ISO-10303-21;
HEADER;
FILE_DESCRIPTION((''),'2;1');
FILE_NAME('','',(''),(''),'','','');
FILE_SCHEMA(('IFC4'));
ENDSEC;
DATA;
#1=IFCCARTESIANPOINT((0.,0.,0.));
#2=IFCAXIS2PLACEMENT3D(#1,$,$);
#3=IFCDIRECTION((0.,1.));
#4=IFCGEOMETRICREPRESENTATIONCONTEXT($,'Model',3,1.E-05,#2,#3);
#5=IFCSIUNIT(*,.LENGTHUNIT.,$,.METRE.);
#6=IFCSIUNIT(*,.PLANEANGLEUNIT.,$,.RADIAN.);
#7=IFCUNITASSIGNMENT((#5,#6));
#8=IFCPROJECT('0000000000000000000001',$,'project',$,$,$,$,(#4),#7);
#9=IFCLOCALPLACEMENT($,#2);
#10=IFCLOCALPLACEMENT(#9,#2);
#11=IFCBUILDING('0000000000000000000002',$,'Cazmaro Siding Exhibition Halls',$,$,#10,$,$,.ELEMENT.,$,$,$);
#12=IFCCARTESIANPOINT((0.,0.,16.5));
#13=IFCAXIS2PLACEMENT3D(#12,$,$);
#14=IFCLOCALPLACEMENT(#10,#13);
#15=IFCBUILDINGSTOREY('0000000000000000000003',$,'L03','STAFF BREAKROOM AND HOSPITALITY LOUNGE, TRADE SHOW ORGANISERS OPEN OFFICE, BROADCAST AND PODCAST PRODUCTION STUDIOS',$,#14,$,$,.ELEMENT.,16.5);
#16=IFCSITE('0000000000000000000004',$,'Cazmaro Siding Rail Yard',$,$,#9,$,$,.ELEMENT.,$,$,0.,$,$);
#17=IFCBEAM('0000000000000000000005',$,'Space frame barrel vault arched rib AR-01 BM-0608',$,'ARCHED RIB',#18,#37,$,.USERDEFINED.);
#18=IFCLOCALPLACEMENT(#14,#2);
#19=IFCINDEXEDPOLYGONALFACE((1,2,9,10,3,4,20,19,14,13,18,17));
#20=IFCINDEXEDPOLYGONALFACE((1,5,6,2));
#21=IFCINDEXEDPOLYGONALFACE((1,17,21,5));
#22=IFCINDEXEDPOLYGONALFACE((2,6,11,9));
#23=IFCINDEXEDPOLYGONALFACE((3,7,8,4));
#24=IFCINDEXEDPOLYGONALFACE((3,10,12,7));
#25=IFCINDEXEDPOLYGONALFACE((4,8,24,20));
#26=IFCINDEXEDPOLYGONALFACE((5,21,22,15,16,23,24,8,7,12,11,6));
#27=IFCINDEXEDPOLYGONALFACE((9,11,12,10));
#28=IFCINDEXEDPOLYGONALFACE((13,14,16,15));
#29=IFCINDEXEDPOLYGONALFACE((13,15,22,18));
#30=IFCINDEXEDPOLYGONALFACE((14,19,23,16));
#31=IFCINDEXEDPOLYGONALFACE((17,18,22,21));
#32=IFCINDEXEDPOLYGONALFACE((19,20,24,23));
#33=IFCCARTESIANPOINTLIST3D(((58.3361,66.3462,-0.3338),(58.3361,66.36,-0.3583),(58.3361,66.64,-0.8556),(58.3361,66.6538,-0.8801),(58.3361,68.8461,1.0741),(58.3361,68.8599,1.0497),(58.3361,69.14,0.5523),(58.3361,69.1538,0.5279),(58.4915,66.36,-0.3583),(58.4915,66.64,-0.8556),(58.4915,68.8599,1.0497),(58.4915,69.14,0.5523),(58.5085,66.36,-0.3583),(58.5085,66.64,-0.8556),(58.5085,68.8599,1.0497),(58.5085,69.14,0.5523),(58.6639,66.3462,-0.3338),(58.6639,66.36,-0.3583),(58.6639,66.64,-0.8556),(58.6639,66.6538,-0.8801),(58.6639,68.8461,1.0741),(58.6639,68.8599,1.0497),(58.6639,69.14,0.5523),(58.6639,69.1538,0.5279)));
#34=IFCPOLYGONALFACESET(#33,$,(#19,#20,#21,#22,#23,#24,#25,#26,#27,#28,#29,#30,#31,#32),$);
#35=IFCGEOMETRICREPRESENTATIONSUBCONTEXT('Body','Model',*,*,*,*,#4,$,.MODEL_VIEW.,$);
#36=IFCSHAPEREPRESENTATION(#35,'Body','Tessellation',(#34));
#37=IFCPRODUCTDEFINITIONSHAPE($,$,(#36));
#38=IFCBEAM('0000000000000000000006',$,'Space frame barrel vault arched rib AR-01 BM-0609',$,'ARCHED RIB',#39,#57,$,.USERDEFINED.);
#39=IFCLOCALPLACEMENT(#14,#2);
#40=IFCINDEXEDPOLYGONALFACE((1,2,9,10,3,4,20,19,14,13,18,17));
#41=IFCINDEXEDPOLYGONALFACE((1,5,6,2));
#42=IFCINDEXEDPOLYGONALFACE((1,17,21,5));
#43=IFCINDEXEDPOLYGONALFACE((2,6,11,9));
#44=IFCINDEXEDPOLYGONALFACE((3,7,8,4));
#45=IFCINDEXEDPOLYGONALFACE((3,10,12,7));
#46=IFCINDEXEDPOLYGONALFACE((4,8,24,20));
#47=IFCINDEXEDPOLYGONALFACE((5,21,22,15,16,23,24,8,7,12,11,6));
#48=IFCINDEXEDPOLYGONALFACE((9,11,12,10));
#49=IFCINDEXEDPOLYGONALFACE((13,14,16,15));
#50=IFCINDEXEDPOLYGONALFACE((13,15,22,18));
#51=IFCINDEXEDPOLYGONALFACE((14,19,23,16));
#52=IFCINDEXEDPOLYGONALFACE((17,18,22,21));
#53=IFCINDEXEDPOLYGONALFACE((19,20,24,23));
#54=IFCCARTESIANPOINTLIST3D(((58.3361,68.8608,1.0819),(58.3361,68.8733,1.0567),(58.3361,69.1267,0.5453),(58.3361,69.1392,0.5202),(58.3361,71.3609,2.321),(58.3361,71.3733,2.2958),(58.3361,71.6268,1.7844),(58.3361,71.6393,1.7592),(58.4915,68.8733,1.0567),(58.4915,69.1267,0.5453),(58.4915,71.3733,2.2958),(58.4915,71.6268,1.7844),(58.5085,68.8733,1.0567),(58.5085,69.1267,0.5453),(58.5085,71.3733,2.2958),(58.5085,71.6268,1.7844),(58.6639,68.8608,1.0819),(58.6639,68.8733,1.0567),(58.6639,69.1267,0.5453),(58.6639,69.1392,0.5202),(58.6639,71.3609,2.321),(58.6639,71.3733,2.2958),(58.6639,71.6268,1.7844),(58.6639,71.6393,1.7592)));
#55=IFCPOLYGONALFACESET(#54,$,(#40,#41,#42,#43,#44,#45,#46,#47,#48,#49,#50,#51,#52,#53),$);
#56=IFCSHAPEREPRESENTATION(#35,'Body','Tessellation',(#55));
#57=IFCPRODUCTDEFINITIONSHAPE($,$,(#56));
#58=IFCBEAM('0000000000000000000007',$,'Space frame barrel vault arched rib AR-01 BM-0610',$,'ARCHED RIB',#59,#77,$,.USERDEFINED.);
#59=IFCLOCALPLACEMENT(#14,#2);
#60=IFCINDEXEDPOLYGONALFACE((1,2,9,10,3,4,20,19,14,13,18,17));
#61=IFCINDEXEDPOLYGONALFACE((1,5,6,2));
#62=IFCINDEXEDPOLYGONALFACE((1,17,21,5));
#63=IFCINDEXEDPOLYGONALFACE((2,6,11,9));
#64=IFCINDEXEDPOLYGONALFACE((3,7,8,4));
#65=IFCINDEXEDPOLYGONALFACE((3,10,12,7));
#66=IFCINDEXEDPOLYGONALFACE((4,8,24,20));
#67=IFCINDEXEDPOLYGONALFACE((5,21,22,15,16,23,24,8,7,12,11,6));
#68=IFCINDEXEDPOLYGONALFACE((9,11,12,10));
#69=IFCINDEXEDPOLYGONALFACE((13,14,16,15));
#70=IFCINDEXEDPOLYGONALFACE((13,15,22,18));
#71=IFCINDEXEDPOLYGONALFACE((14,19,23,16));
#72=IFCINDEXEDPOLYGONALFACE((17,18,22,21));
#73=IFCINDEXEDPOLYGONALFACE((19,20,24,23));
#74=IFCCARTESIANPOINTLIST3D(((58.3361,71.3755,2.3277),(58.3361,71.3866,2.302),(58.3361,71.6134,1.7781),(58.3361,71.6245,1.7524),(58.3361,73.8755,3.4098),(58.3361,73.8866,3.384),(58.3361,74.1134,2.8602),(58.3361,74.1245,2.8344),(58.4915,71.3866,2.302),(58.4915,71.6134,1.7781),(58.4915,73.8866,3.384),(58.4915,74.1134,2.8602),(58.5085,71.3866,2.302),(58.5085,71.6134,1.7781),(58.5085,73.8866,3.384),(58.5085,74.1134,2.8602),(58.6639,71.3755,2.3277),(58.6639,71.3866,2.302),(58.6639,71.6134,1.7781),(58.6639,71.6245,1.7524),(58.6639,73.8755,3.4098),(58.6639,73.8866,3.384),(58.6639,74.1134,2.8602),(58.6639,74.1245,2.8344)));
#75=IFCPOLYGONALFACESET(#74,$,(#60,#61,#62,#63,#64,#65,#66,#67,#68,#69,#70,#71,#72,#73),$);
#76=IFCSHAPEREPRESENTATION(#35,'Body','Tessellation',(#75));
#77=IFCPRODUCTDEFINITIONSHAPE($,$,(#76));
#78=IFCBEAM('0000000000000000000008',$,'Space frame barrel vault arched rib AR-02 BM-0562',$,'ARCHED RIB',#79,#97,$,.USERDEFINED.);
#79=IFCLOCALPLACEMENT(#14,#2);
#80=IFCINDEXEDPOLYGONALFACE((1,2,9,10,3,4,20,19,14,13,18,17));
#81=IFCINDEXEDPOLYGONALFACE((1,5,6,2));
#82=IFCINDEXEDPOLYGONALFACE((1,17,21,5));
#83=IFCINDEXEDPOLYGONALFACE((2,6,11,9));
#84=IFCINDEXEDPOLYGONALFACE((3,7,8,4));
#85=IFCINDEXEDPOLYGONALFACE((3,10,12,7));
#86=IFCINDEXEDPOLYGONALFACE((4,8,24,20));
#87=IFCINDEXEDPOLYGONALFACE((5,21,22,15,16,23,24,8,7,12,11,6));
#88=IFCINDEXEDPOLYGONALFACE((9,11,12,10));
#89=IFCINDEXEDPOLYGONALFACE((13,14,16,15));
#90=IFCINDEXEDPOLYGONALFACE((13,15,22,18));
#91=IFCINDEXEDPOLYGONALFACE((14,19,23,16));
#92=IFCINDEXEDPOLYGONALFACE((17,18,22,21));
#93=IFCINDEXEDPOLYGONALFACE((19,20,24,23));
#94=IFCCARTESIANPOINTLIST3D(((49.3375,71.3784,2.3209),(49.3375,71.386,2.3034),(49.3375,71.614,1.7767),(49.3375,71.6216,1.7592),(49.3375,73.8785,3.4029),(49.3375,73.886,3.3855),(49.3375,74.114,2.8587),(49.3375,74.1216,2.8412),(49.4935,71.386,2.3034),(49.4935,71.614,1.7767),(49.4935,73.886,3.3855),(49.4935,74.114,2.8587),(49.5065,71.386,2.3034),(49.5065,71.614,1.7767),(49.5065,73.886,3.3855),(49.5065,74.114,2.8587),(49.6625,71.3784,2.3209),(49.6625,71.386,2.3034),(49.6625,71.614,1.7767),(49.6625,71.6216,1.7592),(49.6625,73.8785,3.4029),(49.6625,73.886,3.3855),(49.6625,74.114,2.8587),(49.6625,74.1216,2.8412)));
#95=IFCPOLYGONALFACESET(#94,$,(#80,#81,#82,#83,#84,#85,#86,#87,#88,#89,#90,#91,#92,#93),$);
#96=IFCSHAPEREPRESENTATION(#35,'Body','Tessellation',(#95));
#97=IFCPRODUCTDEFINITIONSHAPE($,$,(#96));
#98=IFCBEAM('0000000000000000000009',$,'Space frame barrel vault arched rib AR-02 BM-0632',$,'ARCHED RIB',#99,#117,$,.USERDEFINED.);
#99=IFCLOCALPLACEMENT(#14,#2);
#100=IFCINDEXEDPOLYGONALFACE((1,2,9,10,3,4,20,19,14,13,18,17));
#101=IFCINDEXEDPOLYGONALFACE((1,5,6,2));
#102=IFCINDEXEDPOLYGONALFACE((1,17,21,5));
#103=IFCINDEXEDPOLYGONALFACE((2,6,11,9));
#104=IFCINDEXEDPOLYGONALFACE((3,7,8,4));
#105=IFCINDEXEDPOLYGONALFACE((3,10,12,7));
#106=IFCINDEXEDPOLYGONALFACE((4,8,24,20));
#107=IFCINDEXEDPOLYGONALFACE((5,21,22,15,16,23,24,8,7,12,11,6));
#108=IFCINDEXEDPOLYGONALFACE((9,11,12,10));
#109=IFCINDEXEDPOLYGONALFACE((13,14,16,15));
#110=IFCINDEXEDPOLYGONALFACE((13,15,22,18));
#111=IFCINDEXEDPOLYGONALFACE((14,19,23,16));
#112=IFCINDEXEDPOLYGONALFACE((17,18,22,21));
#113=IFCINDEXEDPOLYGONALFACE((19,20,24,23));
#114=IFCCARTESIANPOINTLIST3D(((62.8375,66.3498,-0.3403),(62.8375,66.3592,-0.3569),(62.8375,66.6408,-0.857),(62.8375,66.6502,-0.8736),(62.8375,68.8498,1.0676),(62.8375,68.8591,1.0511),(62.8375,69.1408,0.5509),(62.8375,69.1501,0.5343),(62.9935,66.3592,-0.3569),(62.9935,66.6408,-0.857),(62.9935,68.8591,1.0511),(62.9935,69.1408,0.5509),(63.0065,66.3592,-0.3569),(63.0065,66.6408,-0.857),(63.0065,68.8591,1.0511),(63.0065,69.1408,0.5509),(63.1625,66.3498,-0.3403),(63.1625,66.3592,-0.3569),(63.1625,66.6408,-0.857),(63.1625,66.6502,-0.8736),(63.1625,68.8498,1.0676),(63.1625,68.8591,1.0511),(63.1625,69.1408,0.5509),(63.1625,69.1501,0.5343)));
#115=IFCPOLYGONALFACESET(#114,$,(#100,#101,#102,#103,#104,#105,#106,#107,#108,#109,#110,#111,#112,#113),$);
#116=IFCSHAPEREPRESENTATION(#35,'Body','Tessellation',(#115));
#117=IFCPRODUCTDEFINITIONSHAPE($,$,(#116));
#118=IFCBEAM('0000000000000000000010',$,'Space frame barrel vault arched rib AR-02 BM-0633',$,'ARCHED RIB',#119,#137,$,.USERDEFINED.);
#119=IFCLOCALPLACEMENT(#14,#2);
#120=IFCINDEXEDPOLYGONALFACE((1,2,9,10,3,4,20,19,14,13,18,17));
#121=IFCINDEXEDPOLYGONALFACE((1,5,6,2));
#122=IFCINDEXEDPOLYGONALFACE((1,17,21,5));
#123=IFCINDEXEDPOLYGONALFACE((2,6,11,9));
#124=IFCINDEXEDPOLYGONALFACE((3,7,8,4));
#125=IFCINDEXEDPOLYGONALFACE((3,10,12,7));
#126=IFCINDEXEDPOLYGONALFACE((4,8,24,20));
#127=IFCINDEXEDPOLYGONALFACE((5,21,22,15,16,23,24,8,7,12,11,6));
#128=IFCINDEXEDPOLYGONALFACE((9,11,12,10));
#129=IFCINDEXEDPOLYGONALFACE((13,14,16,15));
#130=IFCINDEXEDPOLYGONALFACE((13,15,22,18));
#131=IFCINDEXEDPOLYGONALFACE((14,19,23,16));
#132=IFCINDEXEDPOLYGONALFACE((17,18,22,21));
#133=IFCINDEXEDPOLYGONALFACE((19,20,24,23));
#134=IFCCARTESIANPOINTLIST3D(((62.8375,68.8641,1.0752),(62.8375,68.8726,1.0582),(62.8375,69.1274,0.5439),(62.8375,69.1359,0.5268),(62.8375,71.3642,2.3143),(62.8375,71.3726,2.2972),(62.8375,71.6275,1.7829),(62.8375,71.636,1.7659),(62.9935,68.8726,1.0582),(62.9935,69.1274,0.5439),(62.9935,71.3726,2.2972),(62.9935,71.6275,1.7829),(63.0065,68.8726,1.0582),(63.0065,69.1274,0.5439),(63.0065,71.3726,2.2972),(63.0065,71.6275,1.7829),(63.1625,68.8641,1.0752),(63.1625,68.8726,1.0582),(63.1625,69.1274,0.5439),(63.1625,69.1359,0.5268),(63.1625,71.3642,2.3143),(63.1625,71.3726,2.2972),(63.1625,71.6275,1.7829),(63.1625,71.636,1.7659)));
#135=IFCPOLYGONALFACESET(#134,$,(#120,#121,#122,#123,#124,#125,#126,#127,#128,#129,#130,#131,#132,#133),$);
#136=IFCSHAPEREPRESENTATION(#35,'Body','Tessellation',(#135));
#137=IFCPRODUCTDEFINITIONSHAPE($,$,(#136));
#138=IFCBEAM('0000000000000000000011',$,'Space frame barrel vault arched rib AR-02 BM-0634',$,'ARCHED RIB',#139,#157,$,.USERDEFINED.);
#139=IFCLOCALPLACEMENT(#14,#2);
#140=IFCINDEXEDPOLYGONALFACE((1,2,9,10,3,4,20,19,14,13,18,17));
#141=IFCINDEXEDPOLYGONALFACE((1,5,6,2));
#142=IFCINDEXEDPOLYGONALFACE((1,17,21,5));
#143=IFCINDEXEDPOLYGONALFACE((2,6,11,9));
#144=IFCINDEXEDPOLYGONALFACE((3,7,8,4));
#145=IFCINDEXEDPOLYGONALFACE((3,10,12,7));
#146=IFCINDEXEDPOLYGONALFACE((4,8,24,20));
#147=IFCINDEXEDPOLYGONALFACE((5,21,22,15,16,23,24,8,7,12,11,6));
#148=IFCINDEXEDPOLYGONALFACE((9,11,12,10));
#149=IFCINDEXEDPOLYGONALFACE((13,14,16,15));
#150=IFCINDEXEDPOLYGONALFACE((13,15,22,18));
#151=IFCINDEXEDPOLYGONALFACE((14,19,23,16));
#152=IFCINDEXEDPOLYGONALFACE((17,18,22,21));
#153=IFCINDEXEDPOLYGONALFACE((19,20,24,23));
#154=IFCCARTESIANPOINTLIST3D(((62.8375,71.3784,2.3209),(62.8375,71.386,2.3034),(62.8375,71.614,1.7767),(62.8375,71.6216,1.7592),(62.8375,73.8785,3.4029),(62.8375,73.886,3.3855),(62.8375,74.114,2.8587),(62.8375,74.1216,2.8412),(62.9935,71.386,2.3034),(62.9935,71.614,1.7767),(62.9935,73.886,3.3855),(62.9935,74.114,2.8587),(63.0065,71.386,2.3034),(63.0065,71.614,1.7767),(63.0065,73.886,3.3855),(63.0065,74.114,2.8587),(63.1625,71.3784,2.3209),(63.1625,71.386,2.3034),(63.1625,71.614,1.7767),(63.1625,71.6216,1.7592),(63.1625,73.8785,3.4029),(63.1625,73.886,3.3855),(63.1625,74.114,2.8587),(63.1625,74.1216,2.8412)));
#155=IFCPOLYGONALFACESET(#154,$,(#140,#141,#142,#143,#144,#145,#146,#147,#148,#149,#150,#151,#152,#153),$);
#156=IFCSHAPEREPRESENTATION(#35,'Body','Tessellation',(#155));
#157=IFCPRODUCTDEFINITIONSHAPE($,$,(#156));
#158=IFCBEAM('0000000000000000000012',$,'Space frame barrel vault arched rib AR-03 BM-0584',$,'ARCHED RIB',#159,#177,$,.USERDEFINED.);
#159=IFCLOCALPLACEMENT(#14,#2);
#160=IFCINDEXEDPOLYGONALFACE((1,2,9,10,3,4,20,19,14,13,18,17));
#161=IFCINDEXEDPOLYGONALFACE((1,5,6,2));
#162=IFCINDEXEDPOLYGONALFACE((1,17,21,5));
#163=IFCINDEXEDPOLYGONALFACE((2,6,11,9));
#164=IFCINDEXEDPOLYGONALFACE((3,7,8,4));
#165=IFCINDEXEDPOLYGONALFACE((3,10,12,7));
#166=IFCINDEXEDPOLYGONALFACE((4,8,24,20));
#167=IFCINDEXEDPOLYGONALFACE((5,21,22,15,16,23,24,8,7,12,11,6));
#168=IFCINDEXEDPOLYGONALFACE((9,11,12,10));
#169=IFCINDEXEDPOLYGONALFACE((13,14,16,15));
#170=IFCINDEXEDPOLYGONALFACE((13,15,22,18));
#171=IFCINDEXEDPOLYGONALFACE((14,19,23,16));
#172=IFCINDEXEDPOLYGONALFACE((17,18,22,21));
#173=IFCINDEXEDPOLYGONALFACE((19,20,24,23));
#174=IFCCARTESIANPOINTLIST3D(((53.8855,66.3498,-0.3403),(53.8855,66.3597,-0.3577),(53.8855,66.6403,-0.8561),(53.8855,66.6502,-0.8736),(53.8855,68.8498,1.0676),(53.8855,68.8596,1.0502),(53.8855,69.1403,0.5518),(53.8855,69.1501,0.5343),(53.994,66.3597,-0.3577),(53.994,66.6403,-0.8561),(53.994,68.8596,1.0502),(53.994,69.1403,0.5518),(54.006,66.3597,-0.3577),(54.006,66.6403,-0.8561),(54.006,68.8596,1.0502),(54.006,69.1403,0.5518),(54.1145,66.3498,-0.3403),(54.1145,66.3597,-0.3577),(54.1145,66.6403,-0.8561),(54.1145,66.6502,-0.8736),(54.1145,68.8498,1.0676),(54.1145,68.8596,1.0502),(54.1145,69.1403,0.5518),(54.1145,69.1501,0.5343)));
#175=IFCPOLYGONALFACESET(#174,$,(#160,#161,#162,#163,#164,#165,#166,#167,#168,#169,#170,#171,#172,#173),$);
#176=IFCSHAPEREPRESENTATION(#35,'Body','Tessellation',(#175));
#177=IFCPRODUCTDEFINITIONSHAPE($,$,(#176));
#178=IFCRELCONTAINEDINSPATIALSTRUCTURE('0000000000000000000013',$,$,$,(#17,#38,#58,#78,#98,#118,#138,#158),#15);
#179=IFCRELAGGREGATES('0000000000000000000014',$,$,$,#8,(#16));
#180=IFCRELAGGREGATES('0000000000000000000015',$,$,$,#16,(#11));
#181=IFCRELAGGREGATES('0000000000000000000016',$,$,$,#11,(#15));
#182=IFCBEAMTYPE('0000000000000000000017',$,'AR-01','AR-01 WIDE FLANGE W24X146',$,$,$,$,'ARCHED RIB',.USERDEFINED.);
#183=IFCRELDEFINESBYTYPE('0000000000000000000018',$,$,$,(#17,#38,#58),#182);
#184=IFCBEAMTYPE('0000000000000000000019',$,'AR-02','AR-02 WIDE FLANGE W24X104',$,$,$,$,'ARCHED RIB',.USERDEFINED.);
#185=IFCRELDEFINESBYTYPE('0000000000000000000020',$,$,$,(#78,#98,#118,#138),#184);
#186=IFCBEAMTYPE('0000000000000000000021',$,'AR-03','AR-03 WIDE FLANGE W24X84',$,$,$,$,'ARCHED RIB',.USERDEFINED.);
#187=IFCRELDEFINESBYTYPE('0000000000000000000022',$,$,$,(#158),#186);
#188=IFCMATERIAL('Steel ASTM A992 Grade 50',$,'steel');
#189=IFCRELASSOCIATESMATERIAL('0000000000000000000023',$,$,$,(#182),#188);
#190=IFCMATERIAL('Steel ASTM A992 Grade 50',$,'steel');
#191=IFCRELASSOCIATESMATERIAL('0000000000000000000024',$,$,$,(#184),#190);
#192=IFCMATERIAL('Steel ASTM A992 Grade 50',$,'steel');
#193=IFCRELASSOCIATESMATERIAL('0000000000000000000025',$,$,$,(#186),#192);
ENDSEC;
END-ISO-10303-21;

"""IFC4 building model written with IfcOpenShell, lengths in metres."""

from ifc_helpers import new_model, si_unit, direction, frame, origin, origin_2d, place, context, subcontext, project, spatial, i_section, extrude, material, material_profile, profile_set, type_object, element, save


model = new_model("IFC4")

# Units and contexts
model_context = context("Model", 3, precision=1e-05, world=origin(), true_north=direction((0.0, 1.0)))
body_context = subcontext(model_context, "Body", "Model", "MODEL_VIEW")
ifc_project = project(units=[si_unit("LENGTHUNIT", "METRE"), si_unit("PLANEANGLEUNIT", "RADIAN")], contexts=[model_context])

# Site, building, storey
site_placement = place(None, origin())
site = spatial("IfcSite", under=ifc_project, at=site_placement, Name="Cazmaro Siding Rail Yard", CompositionType="ELEMENT", RefElevation=0.0)
building_placement = place(site_placement, origin())
building = spatial("IfcBuilding", under=site, at=building_placement, Name="Cazmaro Siding Exhibition Halls", CompositionType="ELEMENT")
storey_placement = place(building_placement, frame((0.0, 0.0, 16.5)))
storey = spatial("IfcBuildingStorey", under=building, at=storey_placement, Name="L03", Description="STAFF BREAKROOM AND HOSPITALITY LOUNGE, TRADE SHOW ORGANISERS OPEN OFFICE, BROADCAST AND PODCAST PRODUCTION STUDIOS", CompositionType="ELEMENT", Elevation=16.5)

# Beams
ifc_material_1 = material(Name="Steel ASTM A992 Grade 50", Category="steel")
ifc_material_profile_1 = material_profile(ifc_material_1, i_section(OverallWidth=0.3279, OverallDepth=0.627, WebThickness=0.0171, FlangeThickness=0.0281, at=origin_2d()), Name="W24X146")
ifc_profile_set_1 = profile_set([ifc_material_profile_1], Name="Steel ASTM A992 Grade 50")
beam_type_1 = type_object("IfcBeamType", Name="AR-01", Description="AR-01 WIDE FLANGE W24X146", ElementType="ARCHED RIB", PredefinedType="USERDEFINED", material=ifc_profile_set_1)
beam_1_placement = place(storey_placement, frame((58.5, 66.5, -0.6069), z_axis=(0.0, 0.871321, 0.490714), x_axis=(-1.0, 0.0, 0.0)))
element("IfcBeam", 1, at=beam_1_placement, inside=storey, type_object=beam_type_1, Name="Space frame barrel vault arched rib AR-01 BM-0608", ObjectType="ARCHED RIB", PredefinedType="USERDEFINED", context=body_context, shape_type="SweptSolid", body=[
    extrude(i_section(OverallWidth=0.3279, OverallDepth=0.627, WebThickness=0.0171, FlangeThickness=0.0281, at=origin_2d()), origin(), (0.0, 0.0, 1.0), 2.8691),
])
beam_2_placement = place(storey_placement, frame((58.5, 69.0, 0.801), z_axis=(0.0, 0.895997, 0.444061), x_axis=(-1.0, 0.0, 0.0)))
element("IfcBeam", 2, at=beam_2_placement, inside=storey, type_object=beam_type_1, Name="Space frame barrel vault arched rib AR-01 BM-0609", ObjectType="ARCHED RIB", PredefinedType="USERDEFINED", context=body_context, shape_type="SweptSolid", body=[
    extrude(i_section(OverallWidth=0.3279, OverallDepth=0.627, WebThickness=0.0171, FlangeThickness=0.0281, at=origin_2d()), origin(), (0.0, 0.0, 1.0), 2.7903),
])
beam_3_placement = place(storey_placement, frame((58.5, 71.5, 2.04), z_axis=(0.0, 0.91773, 0.397205), x_axis=(-1.0, 0.0, 0.0)))
element("IfcBeam", 3, at=beam_3_placement, inside=storey, type_object=beam_type_1, Name="Space frame barrel vault arched rib AR-01 BM-0610", ObjectType="ARCHED RIB", PredefinedType="USERDEFINED", context=body_context, shape_type="SweptSolid", body=[
    extrude(i_section(OverallWidth=0.3279, OverallDepth=0.627, WebThickness=0.0171, FlangeThickness=0.0281, at=origin_2d()), origin(), (0.0, 0.0, 1.0), 2.7241),
])
ifc_material_2 = material(Name="Steel ASTM A992 Grade 50", Category="steel")
ifc_material_profile_2 = material_profile(ifc_material_2, i_section(OverallWidth=0.325, OverallDepth=0.6121, WebThickness=0.0129, FlangeThickness=0.019, at=origin_2d()), Name="W24X104")
ifc_profile_set_2 = profile_set([ifc_material_profile_2], Name="Steel ASTM A992 Grade 50")
beam_type_2 = type_object("IfcBeamType", Name="AR-02", Description="AR-02 WIDE FLANGE W24X104", ElementType="ARCHED RIB", PredefinedType="USERDEFINED", material=ifc_profile_set_2)
beam_4_placement = place(storey_placement, frame((49.5, 71.5, 2.04), z_axis=(0.0, 0.91773, 0.397205), x_axis=(-1.0, 0.0, 0.0)))
element("IfcBeam", 4, at=beam_4_placement, inside=storey, type_object=beam_type_2, Name="Space frame barrel vault arched rib AR-02 BM-0562", ObjectType="ARCHED RIB", PredefinedType="USERDEFINED", context=body_context, shape_type="SweptSolid", body=[
    extrude(i_section(OverallWidth=0.325, OverallDepth=0.6121, WebThickness=0.0129, FlangeThickness=0.019, at=origin_2d()), origin(), (0.0, 0.0, 1.0), 2.7241),
])
beam_5_placement = place(storey_placement, frame((63.0, 66.5, -0.6069), z_axis=(0.0, 0.871321, 0.490714), x_axis=(-1.0, 0.0, 0.0)))
element("IfcBeam", 5, at=beam_5_placement, inside=storey, type_object=beam_type_2, Name="Space frame barrel vault arched rib AR-02 BM-0632", ObjectType="ARCHED RIB", PredefinedType="USERDEFINED", context=body_context, shape_type="SweptSolid", body=[
    extrude(i_section(OverallWidth=0.325, OverallDepth=0.6121, WebThickness=0.0129, FlangeThickness=0.019, at=origin_2d()), origin(), (0.0, 0.0, 1.0), 2.8691),
])
beam_6_placement = place(storey_placement, frame((63.0, 69.0, 0.801), z_axis=(0.0, 0.895997, 0.444061), x_axis=(-1.0, 0.0, 0.0)))
element("IfcBeam", 6, at=beam_6_placement, inside=storey, type_object=beam_type_2, Name="Space frame barrel vault arched rib AR-02 BM-0633", ObjectType="ARCHED RIB", PredefinedType="USERDEFINED", context=body_context, shape_type="SweptSolid", body=[
    extrude(i_section(OverallWidth=0.325, OverallDepth=0.6121, WebThickness=0.0129, FlangeThickness=0.019, at=origin_2d()), origin(), (0.0, 0.0, 1.0), 2.7903),
])
beam_7_placement = place(storey_placement, frame((63.0, 71.5, 2.04), z_axis=(0.0, 0.91773, 0.397205), x_axis=(-1.0, 0.0, 0.0)))
element("IfcBeam", 7, at=beam_7_placement, inside=storey, type_object=beam_type_2, Name="Space frame barrel vault arched rib AR-02 BM-0634", ObjectType="ARCHED RIB", PredefinedType="USERDEFINED", context=body_context, shape_type="SweptSolid", body=[
    extrude(i_section(OverallWidth=0.325, OverallDepth=0.6121, WebThickness=0.0129, FlangeThickness=0.019, at=origin_2d()), origin(), (0.0, 0.0, 1.0), 2.7241),
])
ifc_material_3 = material(Name="Steel ASTM A992 Grade 50", Category="steel")
ifc_material_profile_3 = material_profile(ifc_material_3, i_section(OverallWidth=0.229, OverallDepth=0.6121, WebThickness=0.012, FlangeThickness=0.02, at=origin_2d()), Name="W24X84")
ifc_profile_set_3 = profile_set([ifc_material_profile_3], Name="Steel ASTM A992 Grade 50")
beam_type_3 = type_object("IfcBeamType", Name="AR-03", Description="AR-03 WIDE FLANGE W24X84", ElementType="ARCHED RIB", PredefinedType="USERDEFINED", material=ifc_profile_set_3)
beam_8_placement = place(storey_placement, frame((54.0, 66.5, -0.6069), z_axis=(0.0, 0.871321, 0.490714), x_axis=(-1.0, 0.0, 0.0)))
element("IfcBeam", 8, at=beam_8_placement, inside=storey, type_object=beam_type_3, Name="Space frame barrel vault arched rib AR-03 BM-0584", ObjectType="ARCHED RIB", PredefinedType="USERDEFINED", context=body_context, shape_type="SweptSolid", body=[
    extrude(i_section(OverallWidth=0.229, OverallDepth=0.6121, WebThickness=0.012, FlangeThickness=0.02, at=origin_2d()), origin(), (0.0, 0.0, 1.0), 2.8691),
])

save(model, "model.ifc")
